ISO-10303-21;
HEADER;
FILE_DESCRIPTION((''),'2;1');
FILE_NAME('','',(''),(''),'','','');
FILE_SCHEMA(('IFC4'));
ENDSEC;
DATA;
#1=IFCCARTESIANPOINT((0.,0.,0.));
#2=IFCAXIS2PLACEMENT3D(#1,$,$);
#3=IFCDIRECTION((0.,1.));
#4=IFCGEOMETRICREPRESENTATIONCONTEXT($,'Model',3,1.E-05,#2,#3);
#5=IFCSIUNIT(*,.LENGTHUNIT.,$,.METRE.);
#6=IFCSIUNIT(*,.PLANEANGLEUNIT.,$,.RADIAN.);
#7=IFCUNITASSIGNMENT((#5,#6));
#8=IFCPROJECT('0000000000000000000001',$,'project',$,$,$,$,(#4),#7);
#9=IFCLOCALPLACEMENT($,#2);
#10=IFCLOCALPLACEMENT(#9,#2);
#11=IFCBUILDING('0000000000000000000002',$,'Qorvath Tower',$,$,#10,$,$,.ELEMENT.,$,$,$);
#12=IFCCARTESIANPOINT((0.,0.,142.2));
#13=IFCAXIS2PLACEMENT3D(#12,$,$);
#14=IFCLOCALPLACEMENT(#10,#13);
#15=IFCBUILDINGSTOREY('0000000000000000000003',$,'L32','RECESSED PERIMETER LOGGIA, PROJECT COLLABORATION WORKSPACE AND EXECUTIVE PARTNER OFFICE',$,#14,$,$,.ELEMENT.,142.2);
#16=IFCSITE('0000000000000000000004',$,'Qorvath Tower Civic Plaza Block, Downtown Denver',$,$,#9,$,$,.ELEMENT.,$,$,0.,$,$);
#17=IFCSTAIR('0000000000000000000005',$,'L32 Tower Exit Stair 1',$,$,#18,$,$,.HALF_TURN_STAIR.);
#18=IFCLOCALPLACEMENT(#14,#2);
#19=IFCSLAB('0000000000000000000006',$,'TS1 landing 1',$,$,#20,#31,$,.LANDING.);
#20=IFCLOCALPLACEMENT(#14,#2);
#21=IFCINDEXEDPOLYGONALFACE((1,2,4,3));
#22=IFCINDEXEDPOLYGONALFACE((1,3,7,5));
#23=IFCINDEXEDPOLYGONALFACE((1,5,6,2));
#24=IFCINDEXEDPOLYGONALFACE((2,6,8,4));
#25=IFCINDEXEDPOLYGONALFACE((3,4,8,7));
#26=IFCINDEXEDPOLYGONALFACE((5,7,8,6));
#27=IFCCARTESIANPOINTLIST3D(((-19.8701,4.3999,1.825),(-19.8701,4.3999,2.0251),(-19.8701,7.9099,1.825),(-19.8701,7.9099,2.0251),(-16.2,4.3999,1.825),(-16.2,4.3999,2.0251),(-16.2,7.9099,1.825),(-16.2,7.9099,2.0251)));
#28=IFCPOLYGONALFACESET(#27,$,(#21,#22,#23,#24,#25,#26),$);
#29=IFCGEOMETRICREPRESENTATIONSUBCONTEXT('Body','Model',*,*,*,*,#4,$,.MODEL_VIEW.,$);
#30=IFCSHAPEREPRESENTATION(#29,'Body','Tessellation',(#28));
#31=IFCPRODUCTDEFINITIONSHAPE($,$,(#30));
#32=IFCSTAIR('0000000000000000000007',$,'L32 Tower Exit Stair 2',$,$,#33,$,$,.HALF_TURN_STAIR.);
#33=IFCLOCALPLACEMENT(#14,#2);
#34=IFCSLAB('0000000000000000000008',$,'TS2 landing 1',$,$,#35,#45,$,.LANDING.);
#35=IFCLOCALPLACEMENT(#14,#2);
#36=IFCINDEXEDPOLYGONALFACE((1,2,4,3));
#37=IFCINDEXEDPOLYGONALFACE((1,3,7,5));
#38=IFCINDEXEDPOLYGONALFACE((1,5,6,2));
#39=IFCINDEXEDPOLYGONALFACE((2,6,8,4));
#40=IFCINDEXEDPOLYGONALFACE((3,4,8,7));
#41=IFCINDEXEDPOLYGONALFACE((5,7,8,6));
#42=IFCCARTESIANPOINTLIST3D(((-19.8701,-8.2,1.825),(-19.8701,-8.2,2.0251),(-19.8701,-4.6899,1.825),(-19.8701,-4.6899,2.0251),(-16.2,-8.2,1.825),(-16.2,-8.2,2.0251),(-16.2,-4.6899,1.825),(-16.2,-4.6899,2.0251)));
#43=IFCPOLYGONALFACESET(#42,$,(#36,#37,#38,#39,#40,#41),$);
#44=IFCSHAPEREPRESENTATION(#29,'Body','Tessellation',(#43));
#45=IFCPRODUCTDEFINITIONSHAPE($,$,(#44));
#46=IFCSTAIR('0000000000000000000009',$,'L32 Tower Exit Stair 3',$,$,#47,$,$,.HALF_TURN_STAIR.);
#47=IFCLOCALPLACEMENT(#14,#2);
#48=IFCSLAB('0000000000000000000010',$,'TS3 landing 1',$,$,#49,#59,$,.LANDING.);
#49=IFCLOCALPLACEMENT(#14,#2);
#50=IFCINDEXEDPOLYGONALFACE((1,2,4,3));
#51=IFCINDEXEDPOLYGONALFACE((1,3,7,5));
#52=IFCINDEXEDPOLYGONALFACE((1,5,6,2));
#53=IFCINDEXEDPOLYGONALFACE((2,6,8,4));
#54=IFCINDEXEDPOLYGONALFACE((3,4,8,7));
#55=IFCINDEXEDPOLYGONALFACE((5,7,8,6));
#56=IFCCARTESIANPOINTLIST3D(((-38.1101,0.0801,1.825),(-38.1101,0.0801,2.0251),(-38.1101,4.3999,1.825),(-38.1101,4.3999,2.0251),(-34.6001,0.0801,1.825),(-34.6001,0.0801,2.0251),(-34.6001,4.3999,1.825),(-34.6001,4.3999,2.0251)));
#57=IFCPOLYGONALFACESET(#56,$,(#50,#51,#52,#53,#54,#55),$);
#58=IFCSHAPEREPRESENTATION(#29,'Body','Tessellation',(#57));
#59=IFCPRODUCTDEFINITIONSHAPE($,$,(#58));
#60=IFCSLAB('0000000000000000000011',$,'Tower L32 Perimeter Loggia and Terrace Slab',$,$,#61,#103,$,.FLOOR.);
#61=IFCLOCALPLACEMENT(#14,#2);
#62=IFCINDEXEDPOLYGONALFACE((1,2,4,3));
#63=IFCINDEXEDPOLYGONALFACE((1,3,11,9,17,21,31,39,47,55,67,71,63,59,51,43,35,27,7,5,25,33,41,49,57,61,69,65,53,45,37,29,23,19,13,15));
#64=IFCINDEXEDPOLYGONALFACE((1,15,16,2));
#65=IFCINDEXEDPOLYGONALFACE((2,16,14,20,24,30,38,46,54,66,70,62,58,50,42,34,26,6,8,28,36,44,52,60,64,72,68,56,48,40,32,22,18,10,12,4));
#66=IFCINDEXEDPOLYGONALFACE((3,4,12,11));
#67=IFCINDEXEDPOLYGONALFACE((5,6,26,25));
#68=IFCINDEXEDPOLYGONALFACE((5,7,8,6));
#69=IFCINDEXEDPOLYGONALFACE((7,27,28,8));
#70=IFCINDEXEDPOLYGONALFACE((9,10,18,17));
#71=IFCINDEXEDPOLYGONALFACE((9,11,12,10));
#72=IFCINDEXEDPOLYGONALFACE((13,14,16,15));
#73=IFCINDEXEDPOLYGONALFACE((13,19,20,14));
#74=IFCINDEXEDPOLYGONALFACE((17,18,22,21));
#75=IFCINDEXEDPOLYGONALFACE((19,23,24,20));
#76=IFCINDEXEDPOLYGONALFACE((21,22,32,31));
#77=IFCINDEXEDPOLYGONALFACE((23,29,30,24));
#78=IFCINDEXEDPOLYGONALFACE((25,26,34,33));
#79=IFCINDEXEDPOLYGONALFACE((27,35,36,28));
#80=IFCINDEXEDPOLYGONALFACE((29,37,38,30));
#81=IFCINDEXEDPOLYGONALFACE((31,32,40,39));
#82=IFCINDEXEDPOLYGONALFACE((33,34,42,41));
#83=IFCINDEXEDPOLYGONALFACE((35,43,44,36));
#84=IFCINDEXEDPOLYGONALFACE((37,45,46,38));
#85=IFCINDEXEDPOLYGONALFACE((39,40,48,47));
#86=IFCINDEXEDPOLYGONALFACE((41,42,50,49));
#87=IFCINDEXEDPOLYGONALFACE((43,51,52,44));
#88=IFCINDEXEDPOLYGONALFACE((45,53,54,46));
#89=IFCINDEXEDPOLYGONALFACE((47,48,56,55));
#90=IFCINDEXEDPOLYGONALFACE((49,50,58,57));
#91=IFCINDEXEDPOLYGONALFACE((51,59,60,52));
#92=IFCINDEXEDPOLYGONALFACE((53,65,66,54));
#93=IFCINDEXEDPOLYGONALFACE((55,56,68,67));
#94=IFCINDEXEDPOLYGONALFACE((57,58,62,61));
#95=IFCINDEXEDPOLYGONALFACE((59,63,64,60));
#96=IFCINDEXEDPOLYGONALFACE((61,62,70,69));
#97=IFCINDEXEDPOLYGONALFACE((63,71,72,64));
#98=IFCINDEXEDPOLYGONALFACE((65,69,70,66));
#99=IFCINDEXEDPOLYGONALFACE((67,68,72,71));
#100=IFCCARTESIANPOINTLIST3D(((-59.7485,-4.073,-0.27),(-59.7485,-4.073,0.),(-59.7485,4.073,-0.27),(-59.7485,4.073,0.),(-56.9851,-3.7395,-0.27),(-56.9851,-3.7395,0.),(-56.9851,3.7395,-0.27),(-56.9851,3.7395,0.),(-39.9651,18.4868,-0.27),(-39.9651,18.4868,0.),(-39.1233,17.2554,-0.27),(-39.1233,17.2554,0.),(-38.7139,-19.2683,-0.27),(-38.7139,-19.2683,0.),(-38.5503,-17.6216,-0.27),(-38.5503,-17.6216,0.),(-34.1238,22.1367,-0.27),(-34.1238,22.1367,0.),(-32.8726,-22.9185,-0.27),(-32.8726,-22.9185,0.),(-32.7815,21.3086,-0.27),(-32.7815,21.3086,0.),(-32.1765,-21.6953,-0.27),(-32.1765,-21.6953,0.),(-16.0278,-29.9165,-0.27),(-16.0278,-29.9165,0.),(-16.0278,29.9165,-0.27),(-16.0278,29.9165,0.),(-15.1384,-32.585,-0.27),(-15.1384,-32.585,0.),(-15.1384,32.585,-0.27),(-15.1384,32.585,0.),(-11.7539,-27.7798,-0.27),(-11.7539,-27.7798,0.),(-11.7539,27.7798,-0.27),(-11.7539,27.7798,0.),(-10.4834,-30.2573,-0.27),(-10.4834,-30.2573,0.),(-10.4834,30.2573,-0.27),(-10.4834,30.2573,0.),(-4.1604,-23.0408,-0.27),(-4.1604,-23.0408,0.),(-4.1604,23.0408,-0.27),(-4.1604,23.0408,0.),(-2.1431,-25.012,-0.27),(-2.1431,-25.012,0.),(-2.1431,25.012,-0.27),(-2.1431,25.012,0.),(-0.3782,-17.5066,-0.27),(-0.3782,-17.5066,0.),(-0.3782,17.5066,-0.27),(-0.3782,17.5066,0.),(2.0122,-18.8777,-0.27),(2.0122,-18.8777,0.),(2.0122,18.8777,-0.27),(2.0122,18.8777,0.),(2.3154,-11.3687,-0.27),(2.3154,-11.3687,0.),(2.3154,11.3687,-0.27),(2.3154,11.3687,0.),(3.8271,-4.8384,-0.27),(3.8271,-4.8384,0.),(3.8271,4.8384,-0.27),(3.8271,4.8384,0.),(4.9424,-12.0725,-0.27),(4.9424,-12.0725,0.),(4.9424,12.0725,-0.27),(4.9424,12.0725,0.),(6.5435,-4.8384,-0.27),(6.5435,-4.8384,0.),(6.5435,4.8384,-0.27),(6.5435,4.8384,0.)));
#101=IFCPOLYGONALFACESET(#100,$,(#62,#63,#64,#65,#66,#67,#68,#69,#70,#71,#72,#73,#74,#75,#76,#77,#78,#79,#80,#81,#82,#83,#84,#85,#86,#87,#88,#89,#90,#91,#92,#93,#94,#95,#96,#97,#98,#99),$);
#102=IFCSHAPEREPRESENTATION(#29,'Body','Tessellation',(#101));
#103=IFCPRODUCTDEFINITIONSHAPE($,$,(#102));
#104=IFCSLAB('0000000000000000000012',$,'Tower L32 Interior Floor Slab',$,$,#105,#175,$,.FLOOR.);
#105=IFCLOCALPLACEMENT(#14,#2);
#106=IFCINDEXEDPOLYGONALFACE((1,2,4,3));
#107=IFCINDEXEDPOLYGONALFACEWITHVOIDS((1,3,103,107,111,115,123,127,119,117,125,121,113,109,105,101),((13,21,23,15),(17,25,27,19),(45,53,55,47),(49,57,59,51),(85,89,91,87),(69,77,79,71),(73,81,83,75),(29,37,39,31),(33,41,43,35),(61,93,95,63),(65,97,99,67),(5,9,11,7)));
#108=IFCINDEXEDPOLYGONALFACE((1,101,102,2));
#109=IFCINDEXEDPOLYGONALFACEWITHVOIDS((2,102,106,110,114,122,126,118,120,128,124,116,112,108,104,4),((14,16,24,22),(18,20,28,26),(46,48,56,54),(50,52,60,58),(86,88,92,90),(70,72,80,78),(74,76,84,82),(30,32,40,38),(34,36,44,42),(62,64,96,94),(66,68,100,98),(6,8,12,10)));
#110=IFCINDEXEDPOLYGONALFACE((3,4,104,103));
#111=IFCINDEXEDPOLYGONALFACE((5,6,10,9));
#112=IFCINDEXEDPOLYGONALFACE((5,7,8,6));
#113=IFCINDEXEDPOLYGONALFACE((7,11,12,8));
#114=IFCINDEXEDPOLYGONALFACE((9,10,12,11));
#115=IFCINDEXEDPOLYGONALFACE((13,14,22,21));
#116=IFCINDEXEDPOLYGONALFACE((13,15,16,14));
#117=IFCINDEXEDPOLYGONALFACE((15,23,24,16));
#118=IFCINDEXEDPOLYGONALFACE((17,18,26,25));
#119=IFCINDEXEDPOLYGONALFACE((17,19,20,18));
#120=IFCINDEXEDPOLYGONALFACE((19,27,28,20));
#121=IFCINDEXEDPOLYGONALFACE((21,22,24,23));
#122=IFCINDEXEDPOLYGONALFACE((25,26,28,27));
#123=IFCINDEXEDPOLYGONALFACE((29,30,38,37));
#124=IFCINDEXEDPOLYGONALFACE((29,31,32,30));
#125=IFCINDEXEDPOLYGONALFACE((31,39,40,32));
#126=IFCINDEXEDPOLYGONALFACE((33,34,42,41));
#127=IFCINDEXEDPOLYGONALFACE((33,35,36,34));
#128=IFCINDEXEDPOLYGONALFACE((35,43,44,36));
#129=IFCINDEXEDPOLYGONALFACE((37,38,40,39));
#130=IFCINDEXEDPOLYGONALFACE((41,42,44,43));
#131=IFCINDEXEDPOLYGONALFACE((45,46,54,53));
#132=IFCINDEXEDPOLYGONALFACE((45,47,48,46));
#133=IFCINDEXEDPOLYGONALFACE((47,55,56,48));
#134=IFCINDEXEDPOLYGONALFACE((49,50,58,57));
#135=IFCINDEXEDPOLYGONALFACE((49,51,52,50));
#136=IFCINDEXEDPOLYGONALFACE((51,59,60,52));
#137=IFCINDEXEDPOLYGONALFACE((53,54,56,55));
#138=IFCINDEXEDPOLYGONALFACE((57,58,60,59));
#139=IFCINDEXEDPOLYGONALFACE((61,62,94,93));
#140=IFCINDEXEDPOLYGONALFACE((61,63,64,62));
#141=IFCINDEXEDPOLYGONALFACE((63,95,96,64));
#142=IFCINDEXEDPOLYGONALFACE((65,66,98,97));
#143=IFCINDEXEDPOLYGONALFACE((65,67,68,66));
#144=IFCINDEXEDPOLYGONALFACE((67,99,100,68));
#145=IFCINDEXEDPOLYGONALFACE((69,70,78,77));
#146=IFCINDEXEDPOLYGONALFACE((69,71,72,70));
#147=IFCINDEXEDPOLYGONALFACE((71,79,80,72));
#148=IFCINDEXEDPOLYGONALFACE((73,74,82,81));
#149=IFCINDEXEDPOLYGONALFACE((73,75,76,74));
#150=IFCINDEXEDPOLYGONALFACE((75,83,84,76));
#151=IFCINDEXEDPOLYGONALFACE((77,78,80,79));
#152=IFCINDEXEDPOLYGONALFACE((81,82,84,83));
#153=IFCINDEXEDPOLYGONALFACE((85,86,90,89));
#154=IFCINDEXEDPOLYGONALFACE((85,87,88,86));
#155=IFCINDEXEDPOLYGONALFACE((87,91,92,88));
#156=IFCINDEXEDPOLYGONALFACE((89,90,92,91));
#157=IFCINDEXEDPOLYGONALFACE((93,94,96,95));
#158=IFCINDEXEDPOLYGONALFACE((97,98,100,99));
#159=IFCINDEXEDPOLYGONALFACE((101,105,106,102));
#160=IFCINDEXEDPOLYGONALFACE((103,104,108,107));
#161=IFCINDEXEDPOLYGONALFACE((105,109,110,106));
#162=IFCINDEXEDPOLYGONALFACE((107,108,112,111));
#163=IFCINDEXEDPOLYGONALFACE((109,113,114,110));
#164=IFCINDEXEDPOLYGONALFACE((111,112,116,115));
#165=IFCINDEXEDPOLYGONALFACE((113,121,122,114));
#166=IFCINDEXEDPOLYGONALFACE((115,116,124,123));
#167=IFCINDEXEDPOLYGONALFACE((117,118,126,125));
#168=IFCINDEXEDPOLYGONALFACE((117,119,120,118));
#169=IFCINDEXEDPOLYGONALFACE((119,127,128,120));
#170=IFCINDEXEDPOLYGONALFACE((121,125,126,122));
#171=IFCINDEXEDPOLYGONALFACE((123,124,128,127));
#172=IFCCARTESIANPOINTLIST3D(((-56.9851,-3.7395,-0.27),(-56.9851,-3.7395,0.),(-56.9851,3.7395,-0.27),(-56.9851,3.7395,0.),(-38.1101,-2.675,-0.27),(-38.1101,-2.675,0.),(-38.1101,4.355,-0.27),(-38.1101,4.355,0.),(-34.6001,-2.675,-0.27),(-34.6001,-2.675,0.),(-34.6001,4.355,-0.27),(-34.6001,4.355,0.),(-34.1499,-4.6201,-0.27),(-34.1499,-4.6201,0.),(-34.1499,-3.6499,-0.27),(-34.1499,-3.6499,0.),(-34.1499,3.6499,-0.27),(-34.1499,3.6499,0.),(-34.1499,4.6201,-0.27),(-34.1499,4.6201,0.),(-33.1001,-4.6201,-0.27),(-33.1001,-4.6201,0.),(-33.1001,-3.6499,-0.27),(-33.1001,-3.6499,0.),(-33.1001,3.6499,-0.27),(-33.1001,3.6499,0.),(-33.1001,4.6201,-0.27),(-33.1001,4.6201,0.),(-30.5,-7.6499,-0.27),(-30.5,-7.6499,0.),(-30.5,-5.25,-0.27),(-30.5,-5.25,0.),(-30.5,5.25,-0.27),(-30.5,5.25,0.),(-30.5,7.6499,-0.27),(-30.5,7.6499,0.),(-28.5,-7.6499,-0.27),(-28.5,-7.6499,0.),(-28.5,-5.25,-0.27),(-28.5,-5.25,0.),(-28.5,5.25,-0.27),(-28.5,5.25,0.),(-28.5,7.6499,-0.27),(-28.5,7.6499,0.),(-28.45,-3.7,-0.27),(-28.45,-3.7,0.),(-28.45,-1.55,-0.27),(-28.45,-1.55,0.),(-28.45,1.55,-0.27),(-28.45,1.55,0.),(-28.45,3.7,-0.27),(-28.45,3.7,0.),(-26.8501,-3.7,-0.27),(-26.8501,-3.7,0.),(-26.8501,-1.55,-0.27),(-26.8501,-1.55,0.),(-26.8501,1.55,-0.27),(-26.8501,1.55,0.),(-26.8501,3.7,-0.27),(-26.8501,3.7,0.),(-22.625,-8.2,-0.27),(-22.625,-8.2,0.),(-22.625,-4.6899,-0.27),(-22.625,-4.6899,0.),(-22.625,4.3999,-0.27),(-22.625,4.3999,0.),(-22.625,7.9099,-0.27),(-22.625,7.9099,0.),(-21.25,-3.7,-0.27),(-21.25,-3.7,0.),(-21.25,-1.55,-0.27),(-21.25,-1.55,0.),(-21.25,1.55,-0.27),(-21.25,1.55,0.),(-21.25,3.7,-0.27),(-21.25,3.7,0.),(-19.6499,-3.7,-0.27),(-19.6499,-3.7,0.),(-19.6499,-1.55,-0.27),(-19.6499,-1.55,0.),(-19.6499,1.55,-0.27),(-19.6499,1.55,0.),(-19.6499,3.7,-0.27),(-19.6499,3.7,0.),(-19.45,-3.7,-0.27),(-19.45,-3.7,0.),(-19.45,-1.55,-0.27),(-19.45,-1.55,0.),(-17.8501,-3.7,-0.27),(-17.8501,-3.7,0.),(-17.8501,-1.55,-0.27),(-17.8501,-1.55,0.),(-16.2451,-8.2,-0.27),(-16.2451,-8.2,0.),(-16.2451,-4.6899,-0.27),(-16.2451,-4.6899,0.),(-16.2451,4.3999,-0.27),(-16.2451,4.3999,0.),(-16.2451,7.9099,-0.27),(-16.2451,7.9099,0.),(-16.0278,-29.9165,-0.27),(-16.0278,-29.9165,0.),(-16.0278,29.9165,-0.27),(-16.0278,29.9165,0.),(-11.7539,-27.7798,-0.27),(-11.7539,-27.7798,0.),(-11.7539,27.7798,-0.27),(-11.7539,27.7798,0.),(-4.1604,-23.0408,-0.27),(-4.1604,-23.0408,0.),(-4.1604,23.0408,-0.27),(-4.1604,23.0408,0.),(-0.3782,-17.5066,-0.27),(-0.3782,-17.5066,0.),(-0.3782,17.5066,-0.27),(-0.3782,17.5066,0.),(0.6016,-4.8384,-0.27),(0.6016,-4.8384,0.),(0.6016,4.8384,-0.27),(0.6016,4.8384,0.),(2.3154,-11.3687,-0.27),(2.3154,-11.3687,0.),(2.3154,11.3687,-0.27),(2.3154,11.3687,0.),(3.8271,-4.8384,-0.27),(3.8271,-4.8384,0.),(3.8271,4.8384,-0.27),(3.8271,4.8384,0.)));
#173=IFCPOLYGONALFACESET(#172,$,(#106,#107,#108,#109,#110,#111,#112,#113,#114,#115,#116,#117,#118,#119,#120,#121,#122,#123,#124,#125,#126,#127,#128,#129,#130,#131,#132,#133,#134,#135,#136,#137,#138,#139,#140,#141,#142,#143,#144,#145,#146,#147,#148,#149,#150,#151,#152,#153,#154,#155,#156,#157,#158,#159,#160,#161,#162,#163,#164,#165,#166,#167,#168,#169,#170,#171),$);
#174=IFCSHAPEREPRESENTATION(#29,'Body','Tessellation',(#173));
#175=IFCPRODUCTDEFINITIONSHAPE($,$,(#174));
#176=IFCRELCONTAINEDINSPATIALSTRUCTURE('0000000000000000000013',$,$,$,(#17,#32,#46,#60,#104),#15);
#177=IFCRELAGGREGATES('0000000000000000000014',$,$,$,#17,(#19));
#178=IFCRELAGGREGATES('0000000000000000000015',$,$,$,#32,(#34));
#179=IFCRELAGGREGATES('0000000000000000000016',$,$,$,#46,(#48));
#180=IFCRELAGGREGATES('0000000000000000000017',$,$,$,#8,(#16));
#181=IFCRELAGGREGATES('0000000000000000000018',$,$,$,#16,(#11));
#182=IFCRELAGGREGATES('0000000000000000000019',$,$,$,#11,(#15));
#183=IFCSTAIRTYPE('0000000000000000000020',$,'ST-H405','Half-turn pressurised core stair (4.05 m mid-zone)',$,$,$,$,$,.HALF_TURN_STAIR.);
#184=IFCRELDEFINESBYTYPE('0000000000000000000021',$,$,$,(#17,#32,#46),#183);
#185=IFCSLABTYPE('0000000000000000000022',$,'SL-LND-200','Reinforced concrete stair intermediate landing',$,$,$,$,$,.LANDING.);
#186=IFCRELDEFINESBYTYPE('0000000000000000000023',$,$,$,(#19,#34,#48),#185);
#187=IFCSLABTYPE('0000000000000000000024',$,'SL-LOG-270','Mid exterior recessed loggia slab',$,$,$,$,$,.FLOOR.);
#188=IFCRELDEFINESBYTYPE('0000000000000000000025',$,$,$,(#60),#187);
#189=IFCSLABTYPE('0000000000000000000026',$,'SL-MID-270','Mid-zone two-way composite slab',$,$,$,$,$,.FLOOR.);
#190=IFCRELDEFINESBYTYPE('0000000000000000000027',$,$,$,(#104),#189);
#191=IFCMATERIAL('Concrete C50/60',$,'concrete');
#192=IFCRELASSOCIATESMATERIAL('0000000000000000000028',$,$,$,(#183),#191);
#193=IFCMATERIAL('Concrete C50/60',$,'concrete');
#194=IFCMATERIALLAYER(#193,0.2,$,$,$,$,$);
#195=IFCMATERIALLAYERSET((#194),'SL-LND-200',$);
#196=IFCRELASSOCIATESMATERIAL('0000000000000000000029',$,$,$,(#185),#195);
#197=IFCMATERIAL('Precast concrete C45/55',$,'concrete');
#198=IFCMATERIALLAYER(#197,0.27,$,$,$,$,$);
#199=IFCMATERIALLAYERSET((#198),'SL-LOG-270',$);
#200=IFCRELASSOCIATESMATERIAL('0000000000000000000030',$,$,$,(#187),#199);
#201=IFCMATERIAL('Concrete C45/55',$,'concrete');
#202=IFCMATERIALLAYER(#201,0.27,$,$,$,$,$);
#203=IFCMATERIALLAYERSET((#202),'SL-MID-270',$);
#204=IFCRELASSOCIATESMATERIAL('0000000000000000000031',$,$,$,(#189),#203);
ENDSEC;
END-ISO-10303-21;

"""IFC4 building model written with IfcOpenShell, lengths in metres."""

from ifc_helpers import new_model, si_unit, direction, frame, origin, place, context, subcontext, project, spatial, polyline, outline, extrude, material, layer, layer_set, type_object, element, aggregate, save


model = new_model("IFC4")

# Units and contexts
model_context = context("Model", 3, precision=1e-05, world=origin(), true_north=direction((0.0, 1.0)))
body_context = subcontext(model_context, "Body", "Model", "MODEL_VIEW")
ifc_project = project(units=[si_unit("LENGTHUNIT", "METRE"), si_unit("PLANEANGLEUNIT", "RADIAN")], contexts=[model_context])

# Site, building, storey
site_placement = place(None, origin())
site = spatial("IfcSite", under=ifc_project, at=site_placement, Name="Qorvath Tower Civic Plaza Block, Downtown Denver", CompositionType="ELEMENT", RefElevation=0.0)
building_placement = place(site_placement, origin())
building = spatial("IfcBuilding", under=site, at=building_placement, Name="Qorvath Tower", CompositionType="ELEMENT")
storey_placement = place(building_placement, frame((0.0, 0.0, 142.2)))
storey = spatial("IfcBuildingStorey", under=building, at=storey_placement, Name="L32", Description="RECESSED PERIMETER LOGGIA, PROJECT COLLABORATION WORKSPACE AND EXECUTIVE PARTNER OFFICE", CompositionType="ELEMENT", Elevation=142.2)

# Stairs, slabs
ifc_material_1 = material(Name="Concrete C50/60", Category="concrete")
stair_type = type_object("IfcStairType", Name="ST-H405", Description="Half-turn pressurised core stair (4.05 m mid-zone)", PredefinedType="HALF_TURN_STAIR", material=ifc_material_1)
stair_1_placement = place(storey_placement, origin())
stair_1 = element("IfcStair", 1, at=stair_1_placement, inside=storey, type_object=stair_type, Name="L32 Tower Exit Stair 1", PredefinedType="HALF_TURN_STAIR")
ifc_material_2 = material(Name="Concrete C50/60", Category="concrete")
ifc_layer_1 = layer(ifc_material_2, 0.2)
ifc_layer_set_1 = layer_set([ifc_layer_1], Name="SL-LND-200")
slab_type_1 = type_object("IfcSlabType", Name="SL-LND-200", Description="Reinforced concrete stair intermediate landing", PredefinedType="LANDING", material=ifc_layer_set_1)
slab_1_placement = place(storey_placement, frame((0.0, 0.0, 1.825)))
slab_1 = element("IfcSlab", 2, at=slab_1_placement, type_object=slab_type_1, Name="TS1 landing 1", PredefinedType="LANDING", context=body_context, shape_type="SweptSolid", body=[
    extrude(outline(polyline([(-19.8701, 4.3999), (-16.2, 4.3999), (-16.2, 7.9099), (-19.8701, 7.9099), (-19.8701, 4.3999)])), origin(), (0.0, 0.0, 1.0), 0.2002),
])
aggregate(stair_1, [slab_1])
stair_2_placement = place(storey_placement, origin())
stair_2 = element("IfcStair", 3, at=stair_2_placement, inside=storey, type_object=stair_type, Name="L32 Tower Exit Stair 2", PredefinedType="HALF_TURN_STAIR")
slab_2_placement = place(storey_placement, frame((0.0, 0.0, 1.825)))
slab_2 = element("IfcSlab", 4, at=slab_2_placement, type_object=slab_type_1, Name="TS2 landing 1", PredefinedType="LANDING", context=body_context, shape_type="SweptSolid", body=[
    extrude(outline(polyline([(-19.8701, -8.2), (-16.2, -8.2), (-16.2, -4.6899), (-19.8701, -4.6899), (-19.8701, -8.2)])), origin(), (0.0, 0.0, 1.0), 0.2002),
])
aggregate(stair_2, [slab_2])
stair_3_placement = place(storey_placement, origin())
stair_3 = element("IfcStair", 5, at=stair_3_placement, inside=storey, type_object=stair_type, Name="L32 Tower Exit Stair 3", PredefinedType="HALF_TURN_STAIR")
slab_3_placement = place(storey_placement, frame((0.0, 0.0, 1.825)))
slab_3 = element("IfcSlab", 6, at=slab_3_placement, type_object=slab_type_1, Name="TS3 landing 1", PredefinedType="LANDING", context=body_context, shape_type="SweptSolid", body=[
    extrude(outline(polyline([(-34.6001, 0.0801), (-34.6001, 4.3999), (-38.1101, 4.3999), (-38.1101, 0.0801), (-34.6001, 0.0801)])), origin(), (0.0, 0.0, 1.0), 0.2002),
])
aggregate(stair_3, [slab_3])

# Slabs
ifc_material_3 = material(Name="Precast concrete C45/55", Category="concrete")
ifc_layer_2 = layer(ifc_material_3, 0.27)
ifc_layer_set_2 = layer_set([ifc_layer_2], Name="SL-LOG-270")
slab_type_2 = type_object("IfcSlabType", Name="SL-LOG-270", Description="Mid exterior recessed loggia slab", PredefinedType="FLOOR", material=ifc_layer_set_2)
slab_4_placement = place(storey_placement, frame((0.0, 0.0, -0.27)))
element("IfcSlab", 7, at=slab_4_placement, inside=storey, type_object=slab_type_2, Name="Tower L32 Perimeter Loggia and Terrace Slab", PredefinedType="FLOOR", context=body_context, shape_type="SweptSolid", body=[
    extrude(outline(polyline([(-32.8726, -22.9185), (-32.1765, -21.6953), (-15.1384, -32.585), (-10.4834, -30.2573), (-2.1431, -25.012), (2.0122, -18.8777), (4.9424, -12.0725), (6.5435, -4.8384), (3.8271, -4.8384), (2.3154, -11.3687), (-0.3782, -17.5066), (-4.1604, -23.0408), (-11.7539, -27.7798), (-16.0278, -29.9165), (-56.9851, -3.7395), (-56.9851, 3.7395), (-16.0278, 29.9165), (-11.7539, 27.7798), (-4.1604, 23.0408), (-0.3782, 17.5066), (2.3154, 11.3687), (3.8271, 4.8384), (6.5435, 4.8384), (4.9424, 12.0725), (2.0122, 18.8777), (-2.1431, 25.012), (-10.4834, 30.2573), (-15.1384, 32.585), (-32.7815, 21.3086), (-34.1238, 22.1367), (-39.9651, 18.4868), (-39.1233, 17.2554), (-59.7485, 4.073), (-59.7485, -4.073), (-38.5503, -17.6216), (-38.7139, -19.2683), (-32.8726, -22.9185)])), origin(), (0.0, 0.0, 1.0), 0.27),
])
ifc_material_4 = material(Name="Concrete C45/55", Category="concrete")
ifc_layer_3 = layer(ifc_material_4, 0.27)
ifc_layer_set_3 = layer_set([ifc_layer_3], Name="SL-MID-270")
slab_type_3 = type_object("IfcSlabType", Name="SL-MID-270", Description="Mid-zone two-way composite slab", PredefinedType="FLOOR", material=ifc_layer_set_3)
slab_5_placement = place(storey_placement, frame((0.0, 0.0, -0.27)))
element("IfcSlab", 8, at=slab_5_placement, inside=storey, type_object=slab_type_3, Name="Tower L32 Interior Floor Slab", PredefinedType="FLOOR", context=body_context, shape_type="SweptSolid", body=[
    extrude(outline(polyline([(-56.9851, 3.7395), (-56.9851, -3.7395), (-16.0278, -29.9165), (-11.7539, -27.7798), (-4.1604, -23.0408), (-0.3782, -17.5066), (2.3154, -11.3687), (3.8271, -4.8384), (0.6016, -4.8384), (0.6016, 4.8384), (3.8271, 4.8384), (2.3154, 11.3687), (-0.3782, 17.5066), (-4.1604, 23.0408), (-11.7539, 27.7798), (-16.0278, 29.9165), (-56.9851, 3.7395)]), holes=[polyline([(-16.2451, -8.2), (-22.625, -8.2), (-22.625, -4.6899), (-16.2451, -4.6899), (-16.2451, -8.2)]), polyline([(-22.625, 4.3999), (-22.625, 7.9099), (-16.2451, 7.9099), (-16.2451, 4.3999), (-22.625, 4.3999)]), polyline([(-17.8501, -3.7), (-19.45, -3.7), (-19.45, -1.55), (-17.8501, -1.55), (-17.8501, -3.7)]), polyline([(-21.25, -3.7), (-21.25, -1.55), (-19.6499, -1.55), (-19.6499, -3.7), (-21.25, -3.7)]), polyline([(-21.25, 1.55), (-21.25, 3.7), (-19.6499, 3.7), (-19.6499, 1.55), (-21.25, 1.55)]), polyline([(-28.45, -3.7), (-28.45, -1.55), (-26.8501, -1.55), (-26.8501, -3.7), (-28.45, -3.7)]), polyline([(-26.8501, 1.55), (-28.45, 1.55), (-28.45, 3.7), (-26.8501, 3.7), (-26.8501, 1.55)]), polyline([(-28.5, -7.6499), (-30.5, -7.6499), (-30.5, -5.25), (-28.5, -5.25), (-28.5, -7.6499)]), polyline([(-30.5, 5.25), (-30.5, 7.6499), (-28.5, 7.6499), (-28.5, 5.25), (-30.5, 5.25)]), polyline([(-34.1499, -4.6201), (-34.1499, -3.6499), (-33.1001, -3.6499), (-33.1001, -4.6201), (-34.1499, -4.6201)]), polyline([(-34.1499, 3.6499), (-34.1499, 4.6201), (-33.1001, 4.6201), (-33.1001, 3.6499), (-34.1499, 3.6499)]), polyline([(-34.6001, -2.675), (-38.1101, -2.675), (-38.1101, 4.355), (-34.6001, 4.355), (-34.6001, -2.675)])]), origin(), (0.0, 0.0, 1.0), 0.27),
])

save(model, "model.ifc")
